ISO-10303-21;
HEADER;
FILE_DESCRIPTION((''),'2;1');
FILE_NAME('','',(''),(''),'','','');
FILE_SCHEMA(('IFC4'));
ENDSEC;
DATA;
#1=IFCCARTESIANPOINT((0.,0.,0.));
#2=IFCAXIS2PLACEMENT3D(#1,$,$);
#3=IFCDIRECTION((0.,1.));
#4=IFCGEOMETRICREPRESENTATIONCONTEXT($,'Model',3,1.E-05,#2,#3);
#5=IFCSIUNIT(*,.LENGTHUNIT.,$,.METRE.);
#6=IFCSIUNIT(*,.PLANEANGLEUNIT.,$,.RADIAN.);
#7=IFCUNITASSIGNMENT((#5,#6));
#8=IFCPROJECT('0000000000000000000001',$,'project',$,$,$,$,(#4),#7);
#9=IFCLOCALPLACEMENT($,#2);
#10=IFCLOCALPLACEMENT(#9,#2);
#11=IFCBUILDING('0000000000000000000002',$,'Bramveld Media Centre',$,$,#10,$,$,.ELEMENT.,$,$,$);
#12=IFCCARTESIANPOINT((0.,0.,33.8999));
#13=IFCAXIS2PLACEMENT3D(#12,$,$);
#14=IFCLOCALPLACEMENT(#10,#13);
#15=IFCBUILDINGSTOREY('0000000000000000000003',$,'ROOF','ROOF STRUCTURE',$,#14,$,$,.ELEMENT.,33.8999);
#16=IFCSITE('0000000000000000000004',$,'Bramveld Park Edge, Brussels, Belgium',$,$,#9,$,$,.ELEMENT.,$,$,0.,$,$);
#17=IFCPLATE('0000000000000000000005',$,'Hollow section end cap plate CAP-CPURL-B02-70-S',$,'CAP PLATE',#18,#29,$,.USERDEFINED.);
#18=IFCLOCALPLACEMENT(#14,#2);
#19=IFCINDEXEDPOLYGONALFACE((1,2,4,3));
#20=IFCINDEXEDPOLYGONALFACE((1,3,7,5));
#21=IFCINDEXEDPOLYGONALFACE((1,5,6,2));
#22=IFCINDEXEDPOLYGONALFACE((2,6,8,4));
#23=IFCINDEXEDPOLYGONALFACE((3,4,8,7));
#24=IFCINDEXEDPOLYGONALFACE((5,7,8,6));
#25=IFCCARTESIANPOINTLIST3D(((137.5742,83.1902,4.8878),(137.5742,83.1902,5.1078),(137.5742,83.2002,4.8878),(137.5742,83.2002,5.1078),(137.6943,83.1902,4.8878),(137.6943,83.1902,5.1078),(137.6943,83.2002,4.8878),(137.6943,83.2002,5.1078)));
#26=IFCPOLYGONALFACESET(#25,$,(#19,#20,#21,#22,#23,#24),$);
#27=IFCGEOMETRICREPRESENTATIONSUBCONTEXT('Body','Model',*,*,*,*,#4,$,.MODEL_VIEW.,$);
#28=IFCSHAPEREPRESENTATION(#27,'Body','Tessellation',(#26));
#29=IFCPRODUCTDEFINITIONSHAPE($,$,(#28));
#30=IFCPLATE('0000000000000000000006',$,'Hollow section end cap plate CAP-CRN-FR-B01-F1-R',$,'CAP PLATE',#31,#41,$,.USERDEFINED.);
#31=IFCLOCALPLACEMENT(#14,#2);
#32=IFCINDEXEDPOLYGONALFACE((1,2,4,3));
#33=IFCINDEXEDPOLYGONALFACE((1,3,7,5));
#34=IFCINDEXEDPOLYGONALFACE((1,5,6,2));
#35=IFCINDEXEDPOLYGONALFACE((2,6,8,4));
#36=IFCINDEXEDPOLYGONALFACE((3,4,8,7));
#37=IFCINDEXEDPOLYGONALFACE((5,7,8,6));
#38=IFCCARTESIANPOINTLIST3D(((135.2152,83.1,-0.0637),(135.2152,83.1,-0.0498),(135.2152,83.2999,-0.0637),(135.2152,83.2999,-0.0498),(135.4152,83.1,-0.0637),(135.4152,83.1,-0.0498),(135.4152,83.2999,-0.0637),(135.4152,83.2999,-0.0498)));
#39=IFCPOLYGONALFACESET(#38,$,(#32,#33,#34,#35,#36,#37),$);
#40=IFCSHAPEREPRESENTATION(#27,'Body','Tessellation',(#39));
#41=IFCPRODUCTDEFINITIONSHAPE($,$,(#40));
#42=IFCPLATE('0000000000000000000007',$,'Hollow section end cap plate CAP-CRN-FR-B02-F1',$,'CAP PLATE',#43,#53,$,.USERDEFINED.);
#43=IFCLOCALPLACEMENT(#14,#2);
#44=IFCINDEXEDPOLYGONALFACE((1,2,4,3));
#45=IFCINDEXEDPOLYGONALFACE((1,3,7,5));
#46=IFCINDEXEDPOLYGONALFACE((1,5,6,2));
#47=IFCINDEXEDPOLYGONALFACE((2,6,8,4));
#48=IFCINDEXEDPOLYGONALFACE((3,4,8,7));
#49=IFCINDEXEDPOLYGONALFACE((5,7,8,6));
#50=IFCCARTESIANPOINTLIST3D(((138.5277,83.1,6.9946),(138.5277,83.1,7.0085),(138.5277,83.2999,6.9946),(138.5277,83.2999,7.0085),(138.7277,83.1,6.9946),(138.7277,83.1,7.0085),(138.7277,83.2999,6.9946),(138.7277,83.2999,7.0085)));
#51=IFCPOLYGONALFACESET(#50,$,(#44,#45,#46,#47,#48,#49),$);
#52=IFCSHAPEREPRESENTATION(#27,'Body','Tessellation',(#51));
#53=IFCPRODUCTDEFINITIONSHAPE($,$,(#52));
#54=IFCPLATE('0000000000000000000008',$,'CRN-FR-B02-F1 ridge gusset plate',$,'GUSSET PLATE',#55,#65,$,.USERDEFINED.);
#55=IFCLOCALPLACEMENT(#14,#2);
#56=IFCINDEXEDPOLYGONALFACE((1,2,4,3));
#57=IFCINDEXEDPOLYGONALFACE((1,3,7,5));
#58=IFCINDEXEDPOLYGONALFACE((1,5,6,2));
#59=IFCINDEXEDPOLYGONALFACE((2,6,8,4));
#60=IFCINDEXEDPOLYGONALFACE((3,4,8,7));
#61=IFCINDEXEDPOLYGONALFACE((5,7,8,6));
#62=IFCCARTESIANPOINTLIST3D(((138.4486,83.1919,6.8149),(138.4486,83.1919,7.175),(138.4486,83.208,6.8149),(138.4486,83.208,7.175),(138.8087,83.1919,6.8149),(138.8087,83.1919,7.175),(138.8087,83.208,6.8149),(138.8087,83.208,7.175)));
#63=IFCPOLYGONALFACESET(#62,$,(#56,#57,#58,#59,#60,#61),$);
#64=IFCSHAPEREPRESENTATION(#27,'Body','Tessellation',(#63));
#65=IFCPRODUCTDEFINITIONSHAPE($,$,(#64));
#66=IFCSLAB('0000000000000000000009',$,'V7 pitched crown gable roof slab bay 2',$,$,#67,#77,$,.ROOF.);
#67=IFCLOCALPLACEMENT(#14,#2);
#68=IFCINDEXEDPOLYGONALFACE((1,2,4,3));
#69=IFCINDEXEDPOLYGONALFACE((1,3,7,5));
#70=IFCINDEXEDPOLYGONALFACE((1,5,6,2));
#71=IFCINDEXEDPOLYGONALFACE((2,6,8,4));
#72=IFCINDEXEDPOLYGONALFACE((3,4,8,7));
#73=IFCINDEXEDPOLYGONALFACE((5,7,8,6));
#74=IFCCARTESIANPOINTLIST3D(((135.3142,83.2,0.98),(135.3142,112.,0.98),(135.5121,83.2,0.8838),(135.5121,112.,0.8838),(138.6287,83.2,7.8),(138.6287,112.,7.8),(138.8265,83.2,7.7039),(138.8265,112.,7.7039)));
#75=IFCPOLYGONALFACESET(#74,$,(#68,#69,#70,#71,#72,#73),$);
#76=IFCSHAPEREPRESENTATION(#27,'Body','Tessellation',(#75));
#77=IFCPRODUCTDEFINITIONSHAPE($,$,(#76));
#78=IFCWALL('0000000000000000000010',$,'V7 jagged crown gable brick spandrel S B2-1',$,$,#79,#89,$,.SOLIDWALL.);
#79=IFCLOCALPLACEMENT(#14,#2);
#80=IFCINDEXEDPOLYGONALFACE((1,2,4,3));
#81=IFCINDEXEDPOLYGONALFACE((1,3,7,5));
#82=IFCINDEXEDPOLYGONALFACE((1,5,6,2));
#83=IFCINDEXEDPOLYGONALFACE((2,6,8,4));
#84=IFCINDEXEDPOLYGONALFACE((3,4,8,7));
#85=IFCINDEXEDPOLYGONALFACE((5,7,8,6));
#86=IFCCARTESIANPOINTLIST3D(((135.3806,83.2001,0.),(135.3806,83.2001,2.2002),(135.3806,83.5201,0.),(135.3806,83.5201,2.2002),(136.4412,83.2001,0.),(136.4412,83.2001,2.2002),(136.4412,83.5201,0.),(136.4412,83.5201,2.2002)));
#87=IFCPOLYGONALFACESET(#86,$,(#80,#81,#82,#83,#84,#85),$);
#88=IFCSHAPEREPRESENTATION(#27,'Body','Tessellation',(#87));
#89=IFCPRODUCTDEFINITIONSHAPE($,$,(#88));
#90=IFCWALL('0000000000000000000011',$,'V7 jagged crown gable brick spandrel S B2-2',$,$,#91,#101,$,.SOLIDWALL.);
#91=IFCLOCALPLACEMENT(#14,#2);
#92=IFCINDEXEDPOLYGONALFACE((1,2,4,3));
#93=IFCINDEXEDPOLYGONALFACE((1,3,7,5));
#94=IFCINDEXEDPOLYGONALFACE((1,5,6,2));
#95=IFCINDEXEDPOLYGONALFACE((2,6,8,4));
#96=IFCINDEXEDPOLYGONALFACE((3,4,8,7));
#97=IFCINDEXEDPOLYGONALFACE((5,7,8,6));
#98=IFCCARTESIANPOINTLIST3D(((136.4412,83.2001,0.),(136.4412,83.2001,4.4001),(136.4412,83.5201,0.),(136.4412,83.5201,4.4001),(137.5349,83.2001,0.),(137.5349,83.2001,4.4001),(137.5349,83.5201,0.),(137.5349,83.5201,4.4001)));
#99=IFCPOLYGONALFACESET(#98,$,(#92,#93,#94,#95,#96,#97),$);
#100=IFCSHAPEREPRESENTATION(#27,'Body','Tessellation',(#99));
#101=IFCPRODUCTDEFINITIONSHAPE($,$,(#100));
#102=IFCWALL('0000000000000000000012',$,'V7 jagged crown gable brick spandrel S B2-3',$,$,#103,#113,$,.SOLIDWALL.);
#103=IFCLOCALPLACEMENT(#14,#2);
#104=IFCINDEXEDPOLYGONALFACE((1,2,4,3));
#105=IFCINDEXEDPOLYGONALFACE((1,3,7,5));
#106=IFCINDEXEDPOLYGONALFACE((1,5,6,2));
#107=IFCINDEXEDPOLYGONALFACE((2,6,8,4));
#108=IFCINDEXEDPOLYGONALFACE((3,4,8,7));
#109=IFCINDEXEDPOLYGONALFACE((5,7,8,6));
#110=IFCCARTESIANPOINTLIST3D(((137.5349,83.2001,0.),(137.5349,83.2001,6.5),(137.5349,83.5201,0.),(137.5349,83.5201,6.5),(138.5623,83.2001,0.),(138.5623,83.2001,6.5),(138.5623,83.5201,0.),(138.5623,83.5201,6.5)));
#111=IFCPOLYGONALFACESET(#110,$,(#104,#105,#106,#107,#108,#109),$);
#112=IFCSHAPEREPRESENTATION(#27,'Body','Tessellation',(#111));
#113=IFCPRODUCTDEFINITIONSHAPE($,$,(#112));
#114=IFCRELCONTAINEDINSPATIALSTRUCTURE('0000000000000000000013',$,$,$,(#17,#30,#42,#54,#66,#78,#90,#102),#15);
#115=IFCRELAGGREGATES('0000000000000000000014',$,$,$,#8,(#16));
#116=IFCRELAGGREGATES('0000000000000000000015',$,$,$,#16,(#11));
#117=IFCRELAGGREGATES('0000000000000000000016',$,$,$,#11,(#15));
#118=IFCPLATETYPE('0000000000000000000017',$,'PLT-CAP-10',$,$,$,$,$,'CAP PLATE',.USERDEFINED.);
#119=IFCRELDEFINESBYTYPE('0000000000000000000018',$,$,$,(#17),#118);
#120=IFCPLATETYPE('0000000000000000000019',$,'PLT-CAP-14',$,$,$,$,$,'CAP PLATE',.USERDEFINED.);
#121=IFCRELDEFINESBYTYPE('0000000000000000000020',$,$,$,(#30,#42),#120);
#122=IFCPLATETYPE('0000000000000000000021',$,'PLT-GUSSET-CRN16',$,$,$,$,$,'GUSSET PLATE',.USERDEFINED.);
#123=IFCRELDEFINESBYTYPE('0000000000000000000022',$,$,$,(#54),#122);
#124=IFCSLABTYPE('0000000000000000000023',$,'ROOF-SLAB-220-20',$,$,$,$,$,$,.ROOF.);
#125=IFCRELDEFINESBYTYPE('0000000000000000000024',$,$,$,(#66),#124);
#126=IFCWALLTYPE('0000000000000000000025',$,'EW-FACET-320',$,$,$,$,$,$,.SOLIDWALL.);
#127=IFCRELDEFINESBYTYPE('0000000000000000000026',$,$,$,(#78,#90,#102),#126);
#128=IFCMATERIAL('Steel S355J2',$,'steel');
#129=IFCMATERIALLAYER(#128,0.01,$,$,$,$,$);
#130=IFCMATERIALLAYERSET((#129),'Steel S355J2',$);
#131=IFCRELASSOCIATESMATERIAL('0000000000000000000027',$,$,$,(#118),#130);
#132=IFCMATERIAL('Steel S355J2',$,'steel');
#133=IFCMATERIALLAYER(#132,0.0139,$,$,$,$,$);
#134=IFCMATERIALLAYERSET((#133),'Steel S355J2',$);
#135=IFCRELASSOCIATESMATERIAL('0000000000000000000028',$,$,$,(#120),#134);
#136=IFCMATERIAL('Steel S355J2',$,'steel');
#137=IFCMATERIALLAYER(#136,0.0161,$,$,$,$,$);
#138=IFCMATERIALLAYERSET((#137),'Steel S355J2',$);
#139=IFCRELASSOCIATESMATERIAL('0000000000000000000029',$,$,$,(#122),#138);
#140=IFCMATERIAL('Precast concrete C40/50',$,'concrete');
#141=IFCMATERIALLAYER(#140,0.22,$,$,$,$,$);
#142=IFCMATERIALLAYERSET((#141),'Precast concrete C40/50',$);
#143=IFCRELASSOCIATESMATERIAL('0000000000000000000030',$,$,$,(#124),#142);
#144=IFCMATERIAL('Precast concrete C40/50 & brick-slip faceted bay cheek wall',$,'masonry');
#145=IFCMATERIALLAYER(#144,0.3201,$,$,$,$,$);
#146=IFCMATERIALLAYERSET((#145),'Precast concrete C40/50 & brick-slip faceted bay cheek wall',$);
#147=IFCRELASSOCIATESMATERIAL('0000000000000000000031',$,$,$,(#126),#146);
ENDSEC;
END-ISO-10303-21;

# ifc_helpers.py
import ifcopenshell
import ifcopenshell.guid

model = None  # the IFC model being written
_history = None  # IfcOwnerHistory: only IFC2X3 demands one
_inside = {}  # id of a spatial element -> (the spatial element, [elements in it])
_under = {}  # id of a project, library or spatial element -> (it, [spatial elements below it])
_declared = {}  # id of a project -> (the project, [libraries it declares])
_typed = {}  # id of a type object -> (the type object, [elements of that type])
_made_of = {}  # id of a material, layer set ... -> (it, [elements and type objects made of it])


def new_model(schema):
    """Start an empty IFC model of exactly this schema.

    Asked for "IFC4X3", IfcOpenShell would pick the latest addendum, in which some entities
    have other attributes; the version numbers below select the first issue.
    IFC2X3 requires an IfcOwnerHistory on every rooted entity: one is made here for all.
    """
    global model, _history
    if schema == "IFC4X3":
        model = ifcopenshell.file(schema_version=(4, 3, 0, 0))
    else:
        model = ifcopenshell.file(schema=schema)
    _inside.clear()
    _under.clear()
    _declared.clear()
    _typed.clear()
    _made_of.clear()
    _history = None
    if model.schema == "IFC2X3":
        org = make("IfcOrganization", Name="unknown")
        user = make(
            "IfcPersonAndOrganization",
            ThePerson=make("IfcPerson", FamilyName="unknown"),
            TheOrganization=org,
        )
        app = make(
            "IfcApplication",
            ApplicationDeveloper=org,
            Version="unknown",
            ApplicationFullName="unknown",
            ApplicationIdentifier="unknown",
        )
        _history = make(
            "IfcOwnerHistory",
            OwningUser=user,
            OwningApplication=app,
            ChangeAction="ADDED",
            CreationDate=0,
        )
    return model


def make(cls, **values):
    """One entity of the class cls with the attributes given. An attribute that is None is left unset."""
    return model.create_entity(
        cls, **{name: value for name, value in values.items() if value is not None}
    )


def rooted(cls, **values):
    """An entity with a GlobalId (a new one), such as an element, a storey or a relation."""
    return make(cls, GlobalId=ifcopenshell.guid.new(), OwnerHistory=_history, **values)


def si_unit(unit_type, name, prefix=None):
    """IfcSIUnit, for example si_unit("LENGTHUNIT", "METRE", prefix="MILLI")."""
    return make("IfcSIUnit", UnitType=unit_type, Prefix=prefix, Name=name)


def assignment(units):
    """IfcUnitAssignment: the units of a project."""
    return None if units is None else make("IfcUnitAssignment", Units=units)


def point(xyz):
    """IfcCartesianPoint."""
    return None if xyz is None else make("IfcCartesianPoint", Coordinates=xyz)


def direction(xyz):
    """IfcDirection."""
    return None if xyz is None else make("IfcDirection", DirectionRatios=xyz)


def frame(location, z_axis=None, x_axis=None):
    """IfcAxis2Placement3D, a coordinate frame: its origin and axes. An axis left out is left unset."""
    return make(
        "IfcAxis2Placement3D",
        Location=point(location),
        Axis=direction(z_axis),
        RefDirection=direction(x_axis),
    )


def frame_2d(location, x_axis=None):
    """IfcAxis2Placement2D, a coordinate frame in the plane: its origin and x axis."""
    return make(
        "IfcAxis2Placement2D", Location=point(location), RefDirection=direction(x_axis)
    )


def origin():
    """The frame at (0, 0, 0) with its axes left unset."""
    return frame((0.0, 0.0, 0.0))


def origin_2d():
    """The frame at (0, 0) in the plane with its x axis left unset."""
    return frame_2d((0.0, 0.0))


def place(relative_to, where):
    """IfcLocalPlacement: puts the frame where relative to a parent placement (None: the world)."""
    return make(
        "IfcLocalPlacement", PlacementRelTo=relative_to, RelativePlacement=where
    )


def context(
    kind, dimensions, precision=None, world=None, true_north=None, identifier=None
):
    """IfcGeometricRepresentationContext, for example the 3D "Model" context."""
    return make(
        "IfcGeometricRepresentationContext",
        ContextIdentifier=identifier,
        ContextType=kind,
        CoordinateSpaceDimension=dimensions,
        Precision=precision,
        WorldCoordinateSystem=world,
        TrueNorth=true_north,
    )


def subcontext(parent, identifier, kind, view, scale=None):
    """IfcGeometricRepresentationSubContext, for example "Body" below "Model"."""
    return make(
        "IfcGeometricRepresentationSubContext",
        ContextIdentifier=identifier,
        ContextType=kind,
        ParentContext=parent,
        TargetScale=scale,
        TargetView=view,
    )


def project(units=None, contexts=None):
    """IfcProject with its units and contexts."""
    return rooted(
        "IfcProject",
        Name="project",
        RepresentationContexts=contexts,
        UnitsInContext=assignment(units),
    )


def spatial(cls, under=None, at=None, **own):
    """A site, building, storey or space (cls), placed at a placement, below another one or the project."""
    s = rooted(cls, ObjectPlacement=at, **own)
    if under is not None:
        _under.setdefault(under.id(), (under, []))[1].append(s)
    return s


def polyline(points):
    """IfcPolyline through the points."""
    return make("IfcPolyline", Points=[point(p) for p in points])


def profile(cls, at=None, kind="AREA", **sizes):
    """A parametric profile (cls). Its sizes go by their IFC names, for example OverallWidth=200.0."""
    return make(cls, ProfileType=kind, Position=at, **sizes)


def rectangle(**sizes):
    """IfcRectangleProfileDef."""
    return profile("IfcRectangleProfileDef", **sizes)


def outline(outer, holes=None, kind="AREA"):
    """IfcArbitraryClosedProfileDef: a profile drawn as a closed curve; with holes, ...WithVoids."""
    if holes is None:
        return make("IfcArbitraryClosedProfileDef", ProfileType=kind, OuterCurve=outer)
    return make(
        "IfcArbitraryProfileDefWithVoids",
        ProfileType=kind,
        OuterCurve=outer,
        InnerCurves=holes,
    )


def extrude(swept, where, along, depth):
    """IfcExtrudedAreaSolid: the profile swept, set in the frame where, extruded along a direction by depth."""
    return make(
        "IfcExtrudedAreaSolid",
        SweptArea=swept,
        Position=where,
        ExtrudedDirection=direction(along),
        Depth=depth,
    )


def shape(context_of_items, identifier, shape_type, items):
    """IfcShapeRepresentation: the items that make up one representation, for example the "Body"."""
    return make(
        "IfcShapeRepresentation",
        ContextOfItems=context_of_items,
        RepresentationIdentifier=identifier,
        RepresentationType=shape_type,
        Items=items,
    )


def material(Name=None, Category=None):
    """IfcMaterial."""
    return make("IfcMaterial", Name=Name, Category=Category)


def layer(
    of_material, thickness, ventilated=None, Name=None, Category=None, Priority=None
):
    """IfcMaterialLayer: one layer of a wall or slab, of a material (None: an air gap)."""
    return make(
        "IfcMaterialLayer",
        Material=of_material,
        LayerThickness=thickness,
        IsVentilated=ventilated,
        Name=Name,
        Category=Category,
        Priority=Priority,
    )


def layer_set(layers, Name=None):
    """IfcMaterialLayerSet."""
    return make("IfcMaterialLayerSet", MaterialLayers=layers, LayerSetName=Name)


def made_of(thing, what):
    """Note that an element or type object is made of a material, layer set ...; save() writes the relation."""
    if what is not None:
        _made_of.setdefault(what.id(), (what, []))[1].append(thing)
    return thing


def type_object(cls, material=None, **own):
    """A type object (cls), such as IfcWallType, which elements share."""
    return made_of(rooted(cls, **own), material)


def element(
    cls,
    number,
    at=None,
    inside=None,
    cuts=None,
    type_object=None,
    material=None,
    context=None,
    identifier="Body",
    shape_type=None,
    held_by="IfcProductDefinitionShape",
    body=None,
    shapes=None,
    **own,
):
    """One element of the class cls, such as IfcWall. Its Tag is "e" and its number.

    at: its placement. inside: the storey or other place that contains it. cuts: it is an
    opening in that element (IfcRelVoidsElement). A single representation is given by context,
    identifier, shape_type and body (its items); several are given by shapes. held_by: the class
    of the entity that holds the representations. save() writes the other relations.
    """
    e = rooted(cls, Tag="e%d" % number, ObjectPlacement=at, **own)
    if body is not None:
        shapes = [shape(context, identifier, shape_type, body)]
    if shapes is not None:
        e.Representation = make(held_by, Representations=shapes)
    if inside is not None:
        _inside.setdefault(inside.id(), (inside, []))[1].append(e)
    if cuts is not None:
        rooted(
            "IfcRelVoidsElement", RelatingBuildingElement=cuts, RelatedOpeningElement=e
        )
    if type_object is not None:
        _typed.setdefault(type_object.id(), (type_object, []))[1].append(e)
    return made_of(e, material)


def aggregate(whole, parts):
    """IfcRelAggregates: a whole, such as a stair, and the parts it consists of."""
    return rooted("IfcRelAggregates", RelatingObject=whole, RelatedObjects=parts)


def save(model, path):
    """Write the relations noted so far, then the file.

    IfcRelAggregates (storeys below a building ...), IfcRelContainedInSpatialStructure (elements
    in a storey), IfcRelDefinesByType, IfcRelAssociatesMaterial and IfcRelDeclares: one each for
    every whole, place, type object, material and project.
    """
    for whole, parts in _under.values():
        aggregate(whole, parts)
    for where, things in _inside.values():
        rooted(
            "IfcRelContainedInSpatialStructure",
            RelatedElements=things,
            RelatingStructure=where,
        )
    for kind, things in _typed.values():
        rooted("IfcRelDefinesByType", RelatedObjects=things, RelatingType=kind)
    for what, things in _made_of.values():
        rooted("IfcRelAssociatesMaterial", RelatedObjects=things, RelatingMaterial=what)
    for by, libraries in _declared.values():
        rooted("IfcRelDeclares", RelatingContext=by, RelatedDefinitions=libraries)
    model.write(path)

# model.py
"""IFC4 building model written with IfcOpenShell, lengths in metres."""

from ifc_helpers import new_model, si_unit, direction, frame, frame_2d, origin, origin_2d, place, context, subcontext, project, spatial, polyline, rectangle, outline, extrude, material, layer, layer_set, type_object, element, save


model = new_model("IFC4")

# Units and contexts
model_context = context("Model", 3, precision=1e-05, world=origin(), true_north=direction((0.0, 1.0)))
body_context = subcontext(model_context, "Body", "Model", "MODEL_VIEW")
ifc_project = project(units=[si_unit("LENGTHUNIT", "METRE"), si_unit("PLANEANGLEUNIT", "RADIAN")], contexts=[model_context])

# Site, building, storey
site_placement = place(None, origin())
site = spatial("IfcSite", under=ifc_project, at=site_placement, Name="Bramveld Park Edge, Brussels, Belgium", CompositionType="ELEMENT", RefElevation=0.0)
building_placement = place(site_placement, origin())
building = spatial("IfcBuilding", under=site, at=building_placement, Name="Bramveld Media Centre", CompositionType="ELEMENT")
storey_placement = place(building_placement, frame((0.0, 0.0, 33.8999)))
storey = spatial("IfcBuildingStorey", under=building, at=storey_placement, Name="ROOF", Description="ROOF STRUCTURE", CompositionType="ELEMENT", Elevation=33.8999)

# Plates
ifc_material_1 = material(Name="Steel S355J2", Category="steel")
ifc_layer_1 = layer(ifc_material_1, 0.01)
ifc_layer_set_1 = layer_set([ifc_layer_1], Name="Steel S355J2")
plate_type_1 = type_object("IfcPlateType", Name="PLT-CAP-10", ElementType="CAP PLATE", PredefinedType="USERDEFINED", material=ifc_layer_set_1)
for number, where, z_axis, x_axis, name in (
    (1, (137.6343, 83.2002, 4.9978), (0.0, -1.0, 0.0), (1.0, 0.0, 0.0), "Hollow section end cap plate CAP-CPURL-B02-70-S"),
):
    element("IfcPlate", number, at=place(storey_placement, frame(where, z_axis=z_axis, x_axis=x_axis)), inside=storey, type_object=plate_type_1, Name=name, ObjectType="CAP PLATE", PredefinedType="USERDEFINED", context=body_context, shape_type="SweptSolid", body=[
        extrude(rectangle(XDim=0.1201, YDim=0.22, at=origin_2d()), origin(), (0.0, 0.0, 1.0), 0.01),
    ])
ifc_material_2 = material(Name="Steel S355J2", Category="steel")
ifc_layer_2 = layer(ifc_material_2, 0.0139)
ifc_layer_set_2 = layer_set([ifc_layer_2], Name="Steel S355J2")
plate_type_2 = type_object("IfcPlateType", Name="PLT-CAP-14", ElementType="CAP PLATE", PredefinedType="USERDEFINED", material=ifc_layer_set_2)
for number, where, z_axis, x_axis, name in (
    (2, (135.3152, 83.2, -0.0498), (0.0, 0.0, -1.0), (1.0, 0.0, 0.0), "Hollow section end cap plate CAP-CRN-FR-B01-F1-R"),
    (3, (138.6277, 83.2, 6.9946), (0.0, 0.0, 1.0), (1.0, 0.0, 0.0), "Hollow section end cap plate CAP-CRN-FR-B02-F1"),
):
    element("IfcPlate", number, at=place(storey_placement, frame(where, z_axis=z_axis, x_axis=x_axis)), inside=storey, type_object=plate_type_2, Name=name, ObjectType="CAP PLATE", PredefinedType="USERDEFINED", context=body_context, shape_type="SweptSolid", body=[
        extrude(rectangle(XDim=0.2, YDim=0.2, at=origin_2d()), origin(), (0.0, 0.0, 1.0), 0.0139),
    ])
ifc_material_3 = material(Name="Steel S355J2", Category="steel")
ifc_layer_3 = layer(ifc_material_3, 0.0161)
ifc_layer_set_3 = layer_set([ifc_layer_3], Name="Steel S355J2")
plate_type_3 = type_object("IfcPlateType", Name="PLT-GUSSET-CRN16", ElementType="GUSSET PLATE", PredefinedType="USERDEFINED", material=ifc_layer_set_3)
plate_1_placement = place(storey_placement, frame((138.6287, 83.2, 6.8149), z_axis=(0.0, 0.0, 1.0), x_axis=(1.0, 0.0, 0.0)))
element("IfcPlate", 4, at=plate_1_placement, inside=storey, type_object=plate_type_3, Name="CRN-FR-B02-F1 ridge gusset plate", ObjectType="GUSSET PLATE", PredefinedType="USERDEFINED", context=body_context, shape_type="SweptSolid", body=[
    extrude(rectangle(XDim=0.3601, YDim=0.0161, at=origin_2d()), origin(), (0.0, 0.0, 1.0), 0.3601),
])

# Slab
ifc_material_4 = material(Name="Precast concrete C40/50", Category="concrete")
ifc_layer_4 = layer(ifc_material_4, 0.22)
ifc_layer_set_4 = layer_set([ifc_layer_4], Name="Precast concrete C40/50")
slab_type = type_object("IfcSlabType", Name="ROOF-SLAB-220-20", PredefinedType="ROOF", material=ifc_layer_set_4)
slab_placement = place(storey_placement, frame((135.3142, 83.2, 0.98), z_axis=(-0.899412, 0.0, 0.437101), x_axis=(0.437101, 0.0, 0.899412)))
element("IfcSlab", 5, at=slab_placement, inside=storey, type_object=slab_type, Name="V7 pitched crown gable roof slab bay 2", PredefinedType="ROOF", context=body_context, shape_type="SweptSolid", body=[
    extrude(outline(polyline([(0.0, 0.0), (7.5828, 0.0), (7.5828, 28.8), (0.0, 28.8), (0.0, 0.0)])), origin(), (0.0, 0.0, -1.0), 0.22),
])

# Walls
ifc_material_5 = material(Name="Precast concrete C40/50 & brick-slip faceted bay cheek wall", Category="masonry")
ifc_layer_5 = layer(ifc_material_5, 0.3201)
ifc_layer_set_5 = layer_set([ifc_layer_5], Name="Precast concrete C40/50 & brick-slip faceted bay cheek wall")
wall_type = type_object("IfcWallType", Name="EW-FACET-320", PredefinedType="SOLIDWALL", material=ifc_layer_set_5)
wall_1_placement = place(storey_placement, frame((136.4412, 83.3601, 0.0), z_axis=(0.0, 0.0, 1.0), x_axis=(-1.0, 0.0, 0.0)))
element("IfcWall", 6, at=wall_1_placement, inside=storey, type_object=wall_type, Name="V7 jagged crown gable brick spandrel S B2-1", PredefinedType="SOLIDWALL", context=body_context, shape_type="SweptSolid", body=[
    extrude(rectangle(XDim=1.0605, YDim=0.3201, at=frame_2d((0.5303, 0.0))), origin(), (0.0, 0.0, 1.0), 2.2002),
])
wall_2_placement = place(storey_placement, frame((137.5349, 83.3601, 0.0), z_axis=(0.0, 0.0, 1.0), x_axis=(-1.0, 0.0, 0.0)))
element("IfcWall", 7, at=wall_2_placement, inside=storey, type_object=wall_type, Name="V7 jagged crown gable brick spandrel S B2-2", PredefinedType="SOLIDWALL", context=body_context, shape_type="SweptSolid", body=[
    extrude(rectangle(XDim=1.0938, YDim=0.3201, at=frame_2d((0.5469, 0.0))), origin(), (0.0, 0.0, 1.0), 4.4001),
])
wall_3_placement = place(storey_placement, frame((138.5623, 83.3601, 0.0), z_axis=(0.0, 0.0, 1.0), x_axis=(-1.0, 0.0, 0.0)))
element("IfcWall", 8, at=wall_3_placement, inside=storey, type_object=wall_type, Name="V7 jagged crown gable brick spandrel S B2-3", PredefinedType="SOLIDWALL", context=body_context, shape_type="SweptSolid", body=[
    extrude(rectangle(XDim=1.0273, YDim=0.3201, at=frame_2d((0.5137, 0.0))), origin(), (0.0, 0.0, 1.0), 6.5),
])

save(model, "model.ifc")
